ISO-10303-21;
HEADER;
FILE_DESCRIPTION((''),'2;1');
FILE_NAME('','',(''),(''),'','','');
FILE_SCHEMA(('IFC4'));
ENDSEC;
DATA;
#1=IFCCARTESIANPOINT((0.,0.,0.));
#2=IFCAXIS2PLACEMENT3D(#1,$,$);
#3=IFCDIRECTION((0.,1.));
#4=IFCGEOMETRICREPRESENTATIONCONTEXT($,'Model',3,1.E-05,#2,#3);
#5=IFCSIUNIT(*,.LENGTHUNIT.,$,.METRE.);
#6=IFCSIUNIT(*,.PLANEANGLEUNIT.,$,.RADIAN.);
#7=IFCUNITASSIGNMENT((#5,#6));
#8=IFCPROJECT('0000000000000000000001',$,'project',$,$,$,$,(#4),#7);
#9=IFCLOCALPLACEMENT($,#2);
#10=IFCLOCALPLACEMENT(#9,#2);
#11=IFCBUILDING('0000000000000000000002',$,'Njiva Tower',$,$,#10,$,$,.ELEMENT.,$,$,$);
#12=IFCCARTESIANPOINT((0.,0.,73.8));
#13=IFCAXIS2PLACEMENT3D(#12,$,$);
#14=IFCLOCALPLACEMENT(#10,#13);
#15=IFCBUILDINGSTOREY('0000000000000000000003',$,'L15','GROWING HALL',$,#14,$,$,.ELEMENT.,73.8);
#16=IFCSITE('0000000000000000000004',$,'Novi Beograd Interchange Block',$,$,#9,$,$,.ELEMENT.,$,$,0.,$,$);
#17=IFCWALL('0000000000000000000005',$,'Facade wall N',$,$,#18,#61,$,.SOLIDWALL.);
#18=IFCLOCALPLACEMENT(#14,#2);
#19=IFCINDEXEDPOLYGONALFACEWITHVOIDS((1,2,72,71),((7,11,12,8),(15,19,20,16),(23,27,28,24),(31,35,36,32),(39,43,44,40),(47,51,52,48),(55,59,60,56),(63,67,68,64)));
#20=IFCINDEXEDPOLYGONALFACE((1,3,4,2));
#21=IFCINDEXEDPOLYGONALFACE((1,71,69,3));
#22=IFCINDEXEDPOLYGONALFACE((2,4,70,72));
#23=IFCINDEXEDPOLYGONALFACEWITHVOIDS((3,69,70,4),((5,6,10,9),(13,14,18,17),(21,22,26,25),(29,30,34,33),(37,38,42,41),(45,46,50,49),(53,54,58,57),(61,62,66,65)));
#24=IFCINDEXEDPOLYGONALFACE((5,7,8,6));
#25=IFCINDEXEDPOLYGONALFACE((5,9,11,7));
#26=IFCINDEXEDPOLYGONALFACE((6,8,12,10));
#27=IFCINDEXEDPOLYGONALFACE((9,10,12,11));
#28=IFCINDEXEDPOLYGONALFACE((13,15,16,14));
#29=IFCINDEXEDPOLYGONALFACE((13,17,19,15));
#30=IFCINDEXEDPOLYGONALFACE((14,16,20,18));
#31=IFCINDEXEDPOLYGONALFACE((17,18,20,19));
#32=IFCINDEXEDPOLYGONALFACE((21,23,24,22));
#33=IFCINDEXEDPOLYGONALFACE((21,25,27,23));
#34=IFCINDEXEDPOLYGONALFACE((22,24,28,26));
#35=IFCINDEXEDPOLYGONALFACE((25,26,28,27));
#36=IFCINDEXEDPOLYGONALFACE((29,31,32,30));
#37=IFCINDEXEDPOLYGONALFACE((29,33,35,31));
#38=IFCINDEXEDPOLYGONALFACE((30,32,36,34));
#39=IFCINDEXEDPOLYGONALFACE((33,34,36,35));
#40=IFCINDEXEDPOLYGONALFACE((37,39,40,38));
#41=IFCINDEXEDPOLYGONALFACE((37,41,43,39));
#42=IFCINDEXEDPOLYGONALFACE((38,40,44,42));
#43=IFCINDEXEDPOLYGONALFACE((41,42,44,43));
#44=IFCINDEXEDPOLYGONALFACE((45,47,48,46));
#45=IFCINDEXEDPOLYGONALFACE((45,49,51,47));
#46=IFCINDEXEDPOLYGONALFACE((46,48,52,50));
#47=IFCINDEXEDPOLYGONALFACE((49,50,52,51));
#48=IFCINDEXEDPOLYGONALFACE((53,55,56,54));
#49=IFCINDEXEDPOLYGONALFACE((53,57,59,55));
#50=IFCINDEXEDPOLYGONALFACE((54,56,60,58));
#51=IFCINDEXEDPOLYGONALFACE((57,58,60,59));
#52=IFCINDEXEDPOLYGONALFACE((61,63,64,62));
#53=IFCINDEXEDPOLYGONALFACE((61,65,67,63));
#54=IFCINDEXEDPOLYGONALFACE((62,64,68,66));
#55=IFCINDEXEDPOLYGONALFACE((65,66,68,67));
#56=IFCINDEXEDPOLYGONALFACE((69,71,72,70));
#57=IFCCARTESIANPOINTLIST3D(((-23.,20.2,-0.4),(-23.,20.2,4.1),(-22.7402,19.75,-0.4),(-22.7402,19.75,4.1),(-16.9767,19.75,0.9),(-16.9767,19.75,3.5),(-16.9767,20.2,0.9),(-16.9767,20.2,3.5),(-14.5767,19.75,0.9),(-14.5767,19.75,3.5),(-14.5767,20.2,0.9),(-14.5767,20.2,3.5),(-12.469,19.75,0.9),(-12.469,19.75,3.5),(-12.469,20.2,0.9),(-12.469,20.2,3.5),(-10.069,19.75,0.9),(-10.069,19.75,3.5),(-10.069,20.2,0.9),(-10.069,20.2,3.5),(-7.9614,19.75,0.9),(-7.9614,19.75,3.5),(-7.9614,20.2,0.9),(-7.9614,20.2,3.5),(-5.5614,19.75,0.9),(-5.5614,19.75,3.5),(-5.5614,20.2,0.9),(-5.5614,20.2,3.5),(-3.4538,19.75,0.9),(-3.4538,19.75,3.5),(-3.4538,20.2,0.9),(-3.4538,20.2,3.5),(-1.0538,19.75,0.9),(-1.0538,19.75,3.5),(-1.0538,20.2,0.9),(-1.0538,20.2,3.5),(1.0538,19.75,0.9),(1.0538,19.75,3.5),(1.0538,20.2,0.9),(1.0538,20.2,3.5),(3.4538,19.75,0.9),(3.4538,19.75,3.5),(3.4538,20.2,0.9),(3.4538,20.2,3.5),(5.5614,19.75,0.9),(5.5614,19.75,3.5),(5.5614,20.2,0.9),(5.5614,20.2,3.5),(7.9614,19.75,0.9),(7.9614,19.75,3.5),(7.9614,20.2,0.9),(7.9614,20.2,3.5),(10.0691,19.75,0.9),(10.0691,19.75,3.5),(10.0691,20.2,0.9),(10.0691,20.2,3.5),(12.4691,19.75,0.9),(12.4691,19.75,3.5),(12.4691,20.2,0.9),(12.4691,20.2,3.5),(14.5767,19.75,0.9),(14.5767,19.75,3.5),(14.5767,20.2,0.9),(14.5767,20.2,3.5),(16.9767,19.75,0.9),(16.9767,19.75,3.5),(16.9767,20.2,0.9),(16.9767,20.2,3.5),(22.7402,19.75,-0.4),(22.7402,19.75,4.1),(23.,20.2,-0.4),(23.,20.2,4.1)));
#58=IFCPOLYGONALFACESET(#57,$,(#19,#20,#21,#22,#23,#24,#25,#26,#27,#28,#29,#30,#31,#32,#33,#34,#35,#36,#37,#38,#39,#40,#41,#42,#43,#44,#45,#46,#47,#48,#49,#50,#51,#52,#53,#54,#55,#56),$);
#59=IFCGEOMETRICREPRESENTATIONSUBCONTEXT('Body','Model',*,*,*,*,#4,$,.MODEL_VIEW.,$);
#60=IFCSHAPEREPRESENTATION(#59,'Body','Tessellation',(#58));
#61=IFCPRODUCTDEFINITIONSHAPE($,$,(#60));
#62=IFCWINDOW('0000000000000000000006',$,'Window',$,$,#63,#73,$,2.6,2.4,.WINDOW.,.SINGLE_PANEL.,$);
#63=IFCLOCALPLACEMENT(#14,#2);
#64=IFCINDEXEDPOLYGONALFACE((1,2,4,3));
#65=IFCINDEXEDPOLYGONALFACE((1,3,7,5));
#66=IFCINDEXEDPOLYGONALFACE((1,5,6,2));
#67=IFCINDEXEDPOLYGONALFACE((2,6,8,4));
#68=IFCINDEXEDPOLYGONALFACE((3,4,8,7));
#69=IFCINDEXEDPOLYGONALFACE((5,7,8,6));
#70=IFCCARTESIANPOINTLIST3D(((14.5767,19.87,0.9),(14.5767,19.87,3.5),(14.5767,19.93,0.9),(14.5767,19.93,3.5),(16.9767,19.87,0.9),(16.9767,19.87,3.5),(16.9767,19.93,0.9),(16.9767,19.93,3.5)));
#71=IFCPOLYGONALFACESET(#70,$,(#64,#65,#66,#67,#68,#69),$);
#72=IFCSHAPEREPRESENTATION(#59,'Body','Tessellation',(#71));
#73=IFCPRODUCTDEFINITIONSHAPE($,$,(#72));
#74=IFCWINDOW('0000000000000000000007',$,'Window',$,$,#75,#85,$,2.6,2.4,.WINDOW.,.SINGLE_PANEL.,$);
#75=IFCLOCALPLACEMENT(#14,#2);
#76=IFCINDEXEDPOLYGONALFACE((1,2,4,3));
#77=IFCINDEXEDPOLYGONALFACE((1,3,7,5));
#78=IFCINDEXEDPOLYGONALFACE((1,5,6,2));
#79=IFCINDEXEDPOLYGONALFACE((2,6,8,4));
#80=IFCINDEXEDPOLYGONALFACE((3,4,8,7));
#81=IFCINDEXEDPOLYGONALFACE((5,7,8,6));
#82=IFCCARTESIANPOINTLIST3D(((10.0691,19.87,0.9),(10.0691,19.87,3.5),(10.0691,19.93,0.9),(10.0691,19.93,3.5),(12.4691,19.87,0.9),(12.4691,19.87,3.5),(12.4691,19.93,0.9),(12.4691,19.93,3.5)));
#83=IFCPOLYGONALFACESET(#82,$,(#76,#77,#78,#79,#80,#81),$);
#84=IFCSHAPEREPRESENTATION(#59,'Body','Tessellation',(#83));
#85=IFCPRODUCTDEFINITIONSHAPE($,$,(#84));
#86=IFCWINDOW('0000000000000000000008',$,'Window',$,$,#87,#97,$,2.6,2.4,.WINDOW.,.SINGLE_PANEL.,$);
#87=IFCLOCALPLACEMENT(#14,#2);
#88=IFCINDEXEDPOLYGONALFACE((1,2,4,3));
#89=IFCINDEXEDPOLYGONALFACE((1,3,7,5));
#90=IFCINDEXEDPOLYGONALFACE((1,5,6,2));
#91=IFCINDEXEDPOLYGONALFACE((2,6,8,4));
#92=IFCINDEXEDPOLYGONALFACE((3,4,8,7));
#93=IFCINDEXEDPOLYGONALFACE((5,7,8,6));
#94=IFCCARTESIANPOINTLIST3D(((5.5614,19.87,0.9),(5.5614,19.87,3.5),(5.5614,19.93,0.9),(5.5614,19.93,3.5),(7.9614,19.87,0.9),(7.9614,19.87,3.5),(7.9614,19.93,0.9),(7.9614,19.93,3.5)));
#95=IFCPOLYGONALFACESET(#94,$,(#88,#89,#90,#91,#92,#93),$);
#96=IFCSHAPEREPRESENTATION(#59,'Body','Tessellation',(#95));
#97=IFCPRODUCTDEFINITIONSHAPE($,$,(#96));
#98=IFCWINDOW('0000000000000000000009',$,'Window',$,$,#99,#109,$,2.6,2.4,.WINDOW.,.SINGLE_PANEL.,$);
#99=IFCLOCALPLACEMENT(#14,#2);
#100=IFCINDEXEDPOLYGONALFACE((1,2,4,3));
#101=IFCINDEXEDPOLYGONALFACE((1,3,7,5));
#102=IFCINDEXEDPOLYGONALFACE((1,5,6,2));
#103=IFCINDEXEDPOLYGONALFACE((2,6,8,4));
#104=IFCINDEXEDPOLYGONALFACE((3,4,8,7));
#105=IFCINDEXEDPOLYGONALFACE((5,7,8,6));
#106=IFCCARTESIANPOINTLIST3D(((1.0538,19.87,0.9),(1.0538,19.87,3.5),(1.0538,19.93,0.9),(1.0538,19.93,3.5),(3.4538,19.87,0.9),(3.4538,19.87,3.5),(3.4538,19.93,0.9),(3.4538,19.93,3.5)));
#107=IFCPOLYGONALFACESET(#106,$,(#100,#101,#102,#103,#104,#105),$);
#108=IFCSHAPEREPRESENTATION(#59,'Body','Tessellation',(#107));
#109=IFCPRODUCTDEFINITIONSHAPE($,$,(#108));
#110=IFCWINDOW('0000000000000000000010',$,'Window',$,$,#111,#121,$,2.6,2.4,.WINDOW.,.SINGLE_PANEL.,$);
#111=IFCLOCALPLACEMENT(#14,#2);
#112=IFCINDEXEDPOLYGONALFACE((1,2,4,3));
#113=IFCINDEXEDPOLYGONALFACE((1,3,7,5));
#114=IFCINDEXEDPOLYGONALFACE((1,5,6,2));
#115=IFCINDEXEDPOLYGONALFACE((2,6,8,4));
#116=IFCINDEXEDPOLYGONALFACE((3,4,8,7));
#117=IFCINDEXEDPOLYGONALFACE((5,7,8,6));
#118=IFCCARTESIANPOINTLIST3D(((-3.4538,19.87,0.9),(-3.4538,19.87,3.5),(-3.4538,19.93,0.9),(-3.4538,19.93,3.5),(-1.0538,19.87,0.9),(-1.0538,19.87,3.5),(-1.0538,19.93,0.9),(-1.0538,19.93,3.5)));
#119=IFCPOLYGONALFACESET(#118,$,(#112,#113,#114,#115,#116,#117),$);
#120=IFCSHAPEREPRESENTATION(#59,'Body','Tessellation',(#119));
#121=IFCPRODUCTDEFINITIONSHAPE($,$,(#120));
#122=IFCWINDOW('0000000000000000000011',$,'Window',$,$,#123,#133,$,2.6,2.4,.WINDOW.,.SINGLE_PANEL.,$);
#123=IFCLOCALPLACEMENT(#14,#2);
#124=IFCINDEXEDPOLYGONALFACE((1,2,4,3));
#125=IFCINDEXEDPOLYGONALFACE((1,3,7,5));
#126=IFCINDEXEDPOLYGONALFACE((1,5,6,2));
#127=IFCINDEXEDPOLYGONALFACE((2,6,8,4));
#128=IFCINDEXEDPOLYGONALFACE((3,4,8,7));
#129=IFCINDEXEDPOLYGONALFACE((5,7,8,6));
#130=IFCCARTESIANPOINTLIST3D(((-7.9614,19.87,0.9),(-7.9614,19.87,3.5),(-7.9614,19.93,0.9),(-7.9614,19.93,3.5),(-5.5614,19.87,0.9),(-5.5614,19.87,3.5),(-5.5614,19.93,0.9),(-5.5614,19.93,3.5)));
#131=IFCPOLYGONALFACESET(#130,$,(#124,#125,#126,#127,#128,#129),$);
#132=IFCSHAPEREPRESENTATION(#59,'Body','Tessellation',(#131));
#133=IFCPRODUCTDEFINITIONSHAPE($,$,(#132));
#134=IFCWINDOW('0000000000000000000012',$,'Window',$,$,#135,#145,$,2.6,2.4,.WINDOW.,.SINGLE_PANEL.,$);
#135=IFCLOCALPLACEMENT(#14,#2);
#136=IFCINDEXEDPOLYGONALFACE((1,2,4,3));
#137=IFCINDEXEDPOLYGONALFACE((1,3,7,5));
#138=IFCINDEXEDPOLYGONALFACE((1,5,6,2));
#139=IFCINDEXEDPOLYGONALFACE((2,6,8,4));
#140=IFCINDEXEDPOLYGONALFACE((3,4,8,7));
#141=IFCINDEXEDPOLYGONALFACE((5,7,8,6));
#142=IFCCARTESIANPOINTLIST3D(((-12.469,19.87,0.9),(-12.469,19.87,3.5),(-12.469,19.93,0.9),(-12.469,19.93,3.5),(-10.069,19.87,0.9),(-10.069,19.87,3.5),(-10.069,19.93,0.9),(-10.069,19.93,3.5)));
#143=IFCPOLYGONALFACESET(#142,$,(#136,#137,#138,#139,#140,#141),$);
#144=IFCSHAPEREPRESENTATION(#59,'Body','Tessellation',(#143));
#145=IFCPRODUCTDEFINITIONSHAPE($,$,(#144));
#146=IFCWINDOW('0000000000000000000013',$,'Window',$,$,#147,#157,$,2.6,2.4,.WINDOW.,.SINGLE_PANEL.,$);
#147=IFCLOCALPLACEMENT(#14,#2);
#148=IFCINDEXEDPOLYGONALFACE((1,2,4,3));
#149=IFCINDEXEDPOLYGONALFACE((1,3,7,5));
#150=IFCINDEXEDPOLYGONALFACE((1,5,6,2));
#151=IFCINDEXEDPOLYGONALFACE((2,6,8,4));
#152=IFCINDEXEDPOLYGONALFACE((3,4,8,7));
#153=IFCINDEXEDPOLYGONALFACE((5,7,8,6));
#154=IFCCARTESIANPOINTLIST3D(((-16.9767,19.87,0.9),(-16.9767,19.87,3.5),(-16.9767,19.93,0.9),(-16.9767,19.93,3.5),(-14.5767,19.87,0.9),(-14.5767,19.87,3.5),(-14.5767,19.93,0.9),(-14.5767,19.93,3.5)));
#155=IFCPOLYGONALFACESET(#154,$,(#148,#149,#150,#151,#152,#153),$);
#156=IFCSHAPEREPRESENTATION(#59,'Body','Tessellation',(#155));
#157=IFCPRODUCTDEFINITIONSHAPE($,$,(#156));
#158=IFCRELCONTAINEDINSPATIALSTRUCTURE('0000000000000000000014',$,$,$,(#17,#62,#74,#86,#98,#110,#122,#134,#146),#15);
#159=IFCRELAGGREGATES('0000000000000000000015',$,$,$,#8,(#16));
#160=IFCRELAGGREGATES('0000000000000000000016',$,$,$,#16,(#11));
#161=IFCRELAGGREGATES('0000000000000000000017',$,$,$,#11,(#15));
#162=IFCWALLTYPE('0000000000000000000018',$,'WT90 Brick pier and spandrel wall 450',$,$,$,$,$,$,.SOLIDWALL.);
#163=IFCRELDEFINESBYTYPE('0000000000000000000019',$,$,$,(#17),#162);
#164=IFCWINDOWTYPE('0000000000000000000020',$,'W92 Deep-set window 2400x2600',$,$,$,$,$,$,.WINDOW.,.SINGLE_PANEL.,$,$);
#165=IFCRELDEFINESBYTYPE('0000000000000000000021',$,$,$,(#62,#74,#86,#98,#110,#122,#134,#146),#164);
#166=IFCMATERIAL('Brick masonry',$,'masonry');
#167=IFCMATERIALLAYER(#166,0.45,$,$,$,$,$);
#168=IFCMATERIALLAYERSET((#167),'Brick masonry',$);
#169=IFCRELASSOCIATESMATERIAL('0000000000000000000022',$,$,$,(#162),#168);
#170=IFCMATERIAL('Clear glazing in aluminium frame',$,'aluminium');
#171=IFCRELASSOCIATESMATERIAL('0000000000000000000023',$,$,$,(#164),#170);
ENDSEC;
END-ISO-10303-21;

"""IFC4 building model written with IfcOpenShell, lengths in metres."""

from ifc_helpers import new_model, si_unit, direction, frame, frame_2d, origin, place, context, subcontext, project, spatial, polyline, rectangle, outline, extrude, material, layer, layer_set, type_object, element, fill, save


model = new_model("IFC4")

# Units and contexts
model_context = context("Model", 3, precision=1e-05, world=origin(), true_north=direction((0.0, 1.0)))
body_context = subcontext(model_context, "Body", "Model", "MODEL_VIEW")
ifc_project = project(units=[si_unit("LENGTHUNIT", "METRE"), si_unit("PLANEANGLEUNIT", "RADIAN")], contexts=[model_context])

# Site, building, storey
site_placement = place(None, origin())
site = spatial("IfcSite", under=ifc_project, at=site_placement, Name="Novi Beograd Interchange Block", CompositionType="ELEMENT", RefElevation=0.0)
building_placement = place(site_placement, origin())
building = spatial("IfcBuilding", under=site, at=building_placement, Name="Njiva Tower", CompositionType="ELEMENT")
storey_placement = place(building_placement, frame((0.0, 0.0, 73.8)))
storey = spatial("IfcBuildingStorey", under=building, at=storey_placement, Name="L15", Description="GROWING HALL", CompositionType="ELEMENT", Elevation=73.8)

# Wall, openings, windows
ifc_material_1 = material(Name="Brick masonry", Category="masonry")
ifc_layer_1 = layer(ifc_material_1, 0.45)
ifc_layer_set_1 = layer_set([ifc_layer_1], Name="Brick masonry")
wall_type_1 = type_object("IfcWallType", Name="WT90 Brick pier and spandrel wall 450", PredefinedType="SOLIDWALL", material=ifc_layer_set_1)
wall_1_placement = place(storey_placement, frame((22.8701, 19.975, -0.4), z_axis=(0.0, 0.0, 1.0), x_axis=(-1.0, 0.0, 0.0)))
wall_1 = element("IfcWall", 1, at=wall_1_placement, inside=storey, type_object=wall_type_1, Name="Facade wall N", PredefinedType="SOLIDWALL", context=body_context, shape_type="SweptSolid", body=[
    extrude(outline(polyline([(-0.1299, -0.225), (45.8701, -0.225), (45.6103, 0.225), (0.1299, 0.225), (-0.1299, -0.225)])), origin(), (0.0, 0.0, 1.0), 4.5),
])
opening_1_placement = place(wall_1_placement, frame((5.8934, 0.0, 1.3)))
opening_1 = element("IfcOpeningElement", 2, at=opening_1_placement, cuts=wall_1, PredefinedType="OPENING", context=body_context, shape_type="SweptSolid", body=[
    extrude(rectangle(XDim=2.4, YDim=2.6, at=frame_2d((1.2, 1.3))), frame((0.0, 0.235, 0.0), z_axis=(0.0, -1.0, 0.0), x_axis=(1.0, 0.0, 0.0)), (0.0, 0.0, 1.0), 0.47),
])
opening_2_placement = place(wall_1_placement, frame((10.401, 0.0, 1.3)))
opening_2 = element("IfcOpeningElement", 3, at=opening_2_placement, cuts=wall_1, PredefinedType="OPENING", context=body_context, shape_type="SweptSolid", body=[
    extrude(rectangle(XDim=2.4, YDim=2.6, at=frame_2d((1.2, 1.3))), frame((0.0, 0.235, 0.0), z_axis=(0.0, -1.0, 0.0), x_axis=(1.0, 0.0, 0.0)), (0.0, 0.0, 1.0), 0.47),
])
opening_3_placement = place(wall_1_placement, frame((14.9087, 0.0, 1.3)))
opening_3 = element("IfcOpeningElement", 4, at=opening_3_placement, cuts=wall_1, PredefinedType="OPENING", context=body_context, shape_type="SweptSolid", body=[
    extrude(rectangle(XDim=2.4, YDim=2.6, at=frame_2d((1.2, 1.3))), frame((0.0, 0.235, 0.0), z_axis=(0.0, -1.0, 0.0), x_axis=(1.0, 0.0, 0.0)), (0.0, 0.0, 1.0), 0.47),
])
opening_4_placement = place(wall_1_placement, frame((19.4163, 0.0, 1.3)))
opening_4 = element("IfcOpeningElement", 5, at=opening_4_placement, cuts=wall_1, PredefinedType="OPENING", context=body_context, shape_type="SweptSolid", body=[
    extrude(rectangle(XDim=2.4, YDim=2.6, at=frame_2d((1.2, 1.3))), frame((0.0, 0.235, 0.0), z_axis=(0.0, -1.0, 0.0), x_axis=(1.0, 0.0, 0.0)), (0.0, 0.0, 1.0), 0.47),
])
opening_5_placement = place(wall_1_placement, frame((23.9239, 0.0, 1.3)))
opening_5 = element("IfcOpeningElement", 6, at=opening_5_placement, cuts=wall_1, PredefinedType="OPENING", context=body_context, shape_type="SweptSolid", body=[
    extrude(rectangle(XDim=2.4, YDim=2.6, at=frame_2d((1.2, 1.3))), frame((0.0, 0.235, 0.0), z_axis=(0.0, -1.0, 0.0), x_axis=(1.0, 0.0, 0.0)), (0.0, 0.0, 1.0), 0.47),
])
opening_6_placement = place(wall_1_placement, frame((28.4315, 0.0, 1.3)))
opening_6 = element("IfcOpeningElement", 7, at=opening_6_placement, cuts=wall_1, PredefinedType="OPENING", context=body_context, shape_type="SweptSolid", body=[
    extrude(rectangle(XDim=2.4, YDim=2.6, at=frame_2d((1.2, 1.3))), frame((0.0, 0.235, 0.0), z_axis=(0.0, -1.0, 0.0), x_axis=(1.0, 0.0, 0.0)), (0.0, 0.0, 1.0), 0.47),
])
opening_7_placement = place(wall_1_placement, frame((32.9391, 0.0, 1.3)))
opening_7 = element("IfcOpeningElement", 8, at=opening_7_placement, cuts=wall_1, PredefinedType="OPENING", context=body_context, shape_type="SweptSolid", body=[
    extrude(rectangle(XDim=2.4, YDim=2.6, at=frame_2d((1.2, 1.3))), frame((0.0, 0.235, 0.0), z_axis=(0.0, -1.0, 0.0), x_axis=(1.0, 0.0, 0.0)), (0.0, 0.0, 1.0), 0.47),
])
opening_8_placement = place(wall_1_placement, frame((37.4468, 0.0, 1.3)))
opening_8 = element("IfcOpeningElement", 9, at=opening_8_placement, cuts=wall_1, PredefinedType="OPENING", context=body_context, shape_type="SweptSolid", body=[
    extrude(rectangle(XDim=2.4, YDim=2.6, at=frame_2d((1.2, 1.3))), frame((0.0, 0.235, 0.0), z_axis=(0.0, -1.0, 0.0), x_axis=(1.0, 0.0, 0.0)), (0.0, 0.0, 1.0), 0.47),
])
ifc_material_2 = material(Name="Clear glazing in aluminium frame", Category="aluminium")
window_type = type_object("IfcWindowType", Name="W92 Deep-set window 2400x2600", PartitioningType="SINGLE_PANEL", PredefinedType="WINDOW", material=ifc_material_2)
window_1_placement = place(opening_1_placement, origin())
window_1 = element("IfcWindow", 10, at=window_1_placement, inside=storey, type_object=window_type, Name="Window", OverallHeight=2.6, OverallWidth=2.4, PartitioningType="SINGLE_PANEL", PredefinedType="WINDOW", context=body_context, shape_type="SweptSolid", body=[
    extrude(rectangle(XDim=2.4, YDim=2.6, at=frame_2d((1.2, 1.3))), frame((0.0, 0.105, 0.0), z_axis=(0.0, -1.0, 0.0), x_axis=(1.0, 0.0, 0.0)), (0.0, 0.0, 1.0), 0.06),
])
fill(opening_1, window_1)
window_2_placement = place(opening_2_placement, origin())
window_2 = element("IfcWindow", 11, at=window_2_placement, inside=storey, type_object=window_type, Name="Window", OverallHeight=2.6, OverallWidth=2.4, PartitioningType="SINGLE_PANEL", PredefinedType="WINDOW", context=body_context, shape_type="SweptSolid", body=[
    extrude(rectangle(XDim=2.4, YDim=2.6, at=frame_2d((1.2, 1.3))), frame((0.0, 0.105, 0.0), z_axis=(0.0, -1.0, 0.0), x_axis=(1.0, 0.0, 0.0)), (0.0, 0.0, 1.0), 0.06),
])
fill(opening_2, window_2)
window_3_placement = place(opening_3_placement, origin())
window_3 = element("IfcWindow", 12, at=window_3_placement, inside=storey, type_object=window_type, Name="Window", OverallHeight=2.6, OverallWidth=2.4, PartitioningType="SINGLE_PANEL", PredefinedType="WINDOW", context=body_context, shape_type="SweptSolid", body=[
    extrude(rectangle(XDim=2.4, YDim=2.6, at=frame_2d((1.2, 1.3))), frame((0.0, 0.105, 0.0), z_axis=(0.0, -1.0, 0.0), x_axis=(1.0, 0.0, 0.0)), (0.0, 0.0, 1.0), 0.06),
])
fill(opening_3, window_3)
window_4_placement = place(opening_4_placement, origin())
window_4 = element("IfcWindow", 13, at=window_4_placement, inside=storey, type_object=window_type, Name="Window", OverallHeight=2.6, OverallWidth=2.4, PartitioningType="SINGLE_PANEL", PredefinedType="WINDOW", context=body_context, shape_type="SweptSolid", body=[
    extrude(rectangle(XDim=2.4, YDim=2.6, at=frame_2d((1.2, 1.3))), frame((0.0, 0.105, 0.0), z_axis=(0.0, -1.0, 0.0), x_axis=(1.0, 0.0, 0.0)), (0.0, 0.0, 1.0), 0.06),
])
fill(opening_4, window_4)
window_5_placement = place(opening_5_placement, origin())
window_5 = element("IfcWindow", 14, at=window_5_placement, inside=storey, type_object=window_type, Name="Window", OverallHeight=2.6, OverallWidth=2.4, PartitioningType="SINGLE_PANEL", PredefinedType="WINDOW", context=body_context, shape_type="SweptSolid", body=[
    extrude(rectangle(XDim=2.4, YDim=2.6, at=frame_2d((1.2, 1.3))), frame((0.0, 0.105, 0.0), z_axis=(0.0, -1.0, 0.0), x_axis=(1.0, 0.0, 0.0)), (0.0, 0.0, 1.0), 0.06),
])
fill(opening_5, window_5)
window_6_placement = place(opening_6_placement, origin())
window_6 = element("IfcWindow", 15, at=window_6_placement, inside=storey, type_object=window_type, Name="Window", OverallHeight=2.6, OverallWidth=2.4, PartitioningType="SINGLE_PANEL", PredefinedType="WINDOW", context=body_context, shape_type="SweptSolid", body=[
    extrude(rectangle(XDim=2.4, YDim=2.6, at=frame_2d((1.2, 1.3))), frame((0.0, 0.105, 0.0), z_axis=(0.0, -1.0, 0.0), x_axis=(1.0, 0.0, 0.0)), (0.0, 0.0, 1.0), 0.06),
])
fill(opening_6, window_6)
window_7_placement = place(opening_7_placement, origin())
window_7 = element("IfcWindow", 16, at=window_7_placement, inside=storey, type_object=window_type, Name="Window", OverallHeight=2.6, OverallWidth=2.4, PartitioningType="SINGLE_PANEL", PredefinedType="WINDOW", context=body_context, shape_type="SweptSolid", body=[
    extrude(rectangle(XDim=2.4, YDim=2.6, at=frame_2d((1.2, 1.3))), frame((0.0, 0.105, 0.0), z_axis=(0.0, -1.0, 0.0), x_axis=(1.0, 0.0, 0.0)), (0.0, 0.0, 1.0), 0.06),
])
fill(opening_7, window_7)
window_8_placement = place(opening_8_placement, origin())
window_8 = element("IfcWindow", 17, at=window_8_placement, inside=storey, type_object=window_type, Name="Window", OverallHeight=2.6, OverallWidth=2.4, PartitioningType="SINGLE_PANEL", PredefinedType="WINDOW", context=body_context, shape_type="SweptSolid", body=[
    extrude(rectangle(XDim=2.4, YDim=2.6, at=frame_2d((1.2, 1.3))), frame((0.0, 0.105, 0.0), z_axis=(0.0, -1.0, 0.0), x_axis=(1.0, 0.0, 0.0)), (0.0, 0.0, 1.0), 0.06),
])
fill(opening_8, window_8)

save(model, "model.ifc")
